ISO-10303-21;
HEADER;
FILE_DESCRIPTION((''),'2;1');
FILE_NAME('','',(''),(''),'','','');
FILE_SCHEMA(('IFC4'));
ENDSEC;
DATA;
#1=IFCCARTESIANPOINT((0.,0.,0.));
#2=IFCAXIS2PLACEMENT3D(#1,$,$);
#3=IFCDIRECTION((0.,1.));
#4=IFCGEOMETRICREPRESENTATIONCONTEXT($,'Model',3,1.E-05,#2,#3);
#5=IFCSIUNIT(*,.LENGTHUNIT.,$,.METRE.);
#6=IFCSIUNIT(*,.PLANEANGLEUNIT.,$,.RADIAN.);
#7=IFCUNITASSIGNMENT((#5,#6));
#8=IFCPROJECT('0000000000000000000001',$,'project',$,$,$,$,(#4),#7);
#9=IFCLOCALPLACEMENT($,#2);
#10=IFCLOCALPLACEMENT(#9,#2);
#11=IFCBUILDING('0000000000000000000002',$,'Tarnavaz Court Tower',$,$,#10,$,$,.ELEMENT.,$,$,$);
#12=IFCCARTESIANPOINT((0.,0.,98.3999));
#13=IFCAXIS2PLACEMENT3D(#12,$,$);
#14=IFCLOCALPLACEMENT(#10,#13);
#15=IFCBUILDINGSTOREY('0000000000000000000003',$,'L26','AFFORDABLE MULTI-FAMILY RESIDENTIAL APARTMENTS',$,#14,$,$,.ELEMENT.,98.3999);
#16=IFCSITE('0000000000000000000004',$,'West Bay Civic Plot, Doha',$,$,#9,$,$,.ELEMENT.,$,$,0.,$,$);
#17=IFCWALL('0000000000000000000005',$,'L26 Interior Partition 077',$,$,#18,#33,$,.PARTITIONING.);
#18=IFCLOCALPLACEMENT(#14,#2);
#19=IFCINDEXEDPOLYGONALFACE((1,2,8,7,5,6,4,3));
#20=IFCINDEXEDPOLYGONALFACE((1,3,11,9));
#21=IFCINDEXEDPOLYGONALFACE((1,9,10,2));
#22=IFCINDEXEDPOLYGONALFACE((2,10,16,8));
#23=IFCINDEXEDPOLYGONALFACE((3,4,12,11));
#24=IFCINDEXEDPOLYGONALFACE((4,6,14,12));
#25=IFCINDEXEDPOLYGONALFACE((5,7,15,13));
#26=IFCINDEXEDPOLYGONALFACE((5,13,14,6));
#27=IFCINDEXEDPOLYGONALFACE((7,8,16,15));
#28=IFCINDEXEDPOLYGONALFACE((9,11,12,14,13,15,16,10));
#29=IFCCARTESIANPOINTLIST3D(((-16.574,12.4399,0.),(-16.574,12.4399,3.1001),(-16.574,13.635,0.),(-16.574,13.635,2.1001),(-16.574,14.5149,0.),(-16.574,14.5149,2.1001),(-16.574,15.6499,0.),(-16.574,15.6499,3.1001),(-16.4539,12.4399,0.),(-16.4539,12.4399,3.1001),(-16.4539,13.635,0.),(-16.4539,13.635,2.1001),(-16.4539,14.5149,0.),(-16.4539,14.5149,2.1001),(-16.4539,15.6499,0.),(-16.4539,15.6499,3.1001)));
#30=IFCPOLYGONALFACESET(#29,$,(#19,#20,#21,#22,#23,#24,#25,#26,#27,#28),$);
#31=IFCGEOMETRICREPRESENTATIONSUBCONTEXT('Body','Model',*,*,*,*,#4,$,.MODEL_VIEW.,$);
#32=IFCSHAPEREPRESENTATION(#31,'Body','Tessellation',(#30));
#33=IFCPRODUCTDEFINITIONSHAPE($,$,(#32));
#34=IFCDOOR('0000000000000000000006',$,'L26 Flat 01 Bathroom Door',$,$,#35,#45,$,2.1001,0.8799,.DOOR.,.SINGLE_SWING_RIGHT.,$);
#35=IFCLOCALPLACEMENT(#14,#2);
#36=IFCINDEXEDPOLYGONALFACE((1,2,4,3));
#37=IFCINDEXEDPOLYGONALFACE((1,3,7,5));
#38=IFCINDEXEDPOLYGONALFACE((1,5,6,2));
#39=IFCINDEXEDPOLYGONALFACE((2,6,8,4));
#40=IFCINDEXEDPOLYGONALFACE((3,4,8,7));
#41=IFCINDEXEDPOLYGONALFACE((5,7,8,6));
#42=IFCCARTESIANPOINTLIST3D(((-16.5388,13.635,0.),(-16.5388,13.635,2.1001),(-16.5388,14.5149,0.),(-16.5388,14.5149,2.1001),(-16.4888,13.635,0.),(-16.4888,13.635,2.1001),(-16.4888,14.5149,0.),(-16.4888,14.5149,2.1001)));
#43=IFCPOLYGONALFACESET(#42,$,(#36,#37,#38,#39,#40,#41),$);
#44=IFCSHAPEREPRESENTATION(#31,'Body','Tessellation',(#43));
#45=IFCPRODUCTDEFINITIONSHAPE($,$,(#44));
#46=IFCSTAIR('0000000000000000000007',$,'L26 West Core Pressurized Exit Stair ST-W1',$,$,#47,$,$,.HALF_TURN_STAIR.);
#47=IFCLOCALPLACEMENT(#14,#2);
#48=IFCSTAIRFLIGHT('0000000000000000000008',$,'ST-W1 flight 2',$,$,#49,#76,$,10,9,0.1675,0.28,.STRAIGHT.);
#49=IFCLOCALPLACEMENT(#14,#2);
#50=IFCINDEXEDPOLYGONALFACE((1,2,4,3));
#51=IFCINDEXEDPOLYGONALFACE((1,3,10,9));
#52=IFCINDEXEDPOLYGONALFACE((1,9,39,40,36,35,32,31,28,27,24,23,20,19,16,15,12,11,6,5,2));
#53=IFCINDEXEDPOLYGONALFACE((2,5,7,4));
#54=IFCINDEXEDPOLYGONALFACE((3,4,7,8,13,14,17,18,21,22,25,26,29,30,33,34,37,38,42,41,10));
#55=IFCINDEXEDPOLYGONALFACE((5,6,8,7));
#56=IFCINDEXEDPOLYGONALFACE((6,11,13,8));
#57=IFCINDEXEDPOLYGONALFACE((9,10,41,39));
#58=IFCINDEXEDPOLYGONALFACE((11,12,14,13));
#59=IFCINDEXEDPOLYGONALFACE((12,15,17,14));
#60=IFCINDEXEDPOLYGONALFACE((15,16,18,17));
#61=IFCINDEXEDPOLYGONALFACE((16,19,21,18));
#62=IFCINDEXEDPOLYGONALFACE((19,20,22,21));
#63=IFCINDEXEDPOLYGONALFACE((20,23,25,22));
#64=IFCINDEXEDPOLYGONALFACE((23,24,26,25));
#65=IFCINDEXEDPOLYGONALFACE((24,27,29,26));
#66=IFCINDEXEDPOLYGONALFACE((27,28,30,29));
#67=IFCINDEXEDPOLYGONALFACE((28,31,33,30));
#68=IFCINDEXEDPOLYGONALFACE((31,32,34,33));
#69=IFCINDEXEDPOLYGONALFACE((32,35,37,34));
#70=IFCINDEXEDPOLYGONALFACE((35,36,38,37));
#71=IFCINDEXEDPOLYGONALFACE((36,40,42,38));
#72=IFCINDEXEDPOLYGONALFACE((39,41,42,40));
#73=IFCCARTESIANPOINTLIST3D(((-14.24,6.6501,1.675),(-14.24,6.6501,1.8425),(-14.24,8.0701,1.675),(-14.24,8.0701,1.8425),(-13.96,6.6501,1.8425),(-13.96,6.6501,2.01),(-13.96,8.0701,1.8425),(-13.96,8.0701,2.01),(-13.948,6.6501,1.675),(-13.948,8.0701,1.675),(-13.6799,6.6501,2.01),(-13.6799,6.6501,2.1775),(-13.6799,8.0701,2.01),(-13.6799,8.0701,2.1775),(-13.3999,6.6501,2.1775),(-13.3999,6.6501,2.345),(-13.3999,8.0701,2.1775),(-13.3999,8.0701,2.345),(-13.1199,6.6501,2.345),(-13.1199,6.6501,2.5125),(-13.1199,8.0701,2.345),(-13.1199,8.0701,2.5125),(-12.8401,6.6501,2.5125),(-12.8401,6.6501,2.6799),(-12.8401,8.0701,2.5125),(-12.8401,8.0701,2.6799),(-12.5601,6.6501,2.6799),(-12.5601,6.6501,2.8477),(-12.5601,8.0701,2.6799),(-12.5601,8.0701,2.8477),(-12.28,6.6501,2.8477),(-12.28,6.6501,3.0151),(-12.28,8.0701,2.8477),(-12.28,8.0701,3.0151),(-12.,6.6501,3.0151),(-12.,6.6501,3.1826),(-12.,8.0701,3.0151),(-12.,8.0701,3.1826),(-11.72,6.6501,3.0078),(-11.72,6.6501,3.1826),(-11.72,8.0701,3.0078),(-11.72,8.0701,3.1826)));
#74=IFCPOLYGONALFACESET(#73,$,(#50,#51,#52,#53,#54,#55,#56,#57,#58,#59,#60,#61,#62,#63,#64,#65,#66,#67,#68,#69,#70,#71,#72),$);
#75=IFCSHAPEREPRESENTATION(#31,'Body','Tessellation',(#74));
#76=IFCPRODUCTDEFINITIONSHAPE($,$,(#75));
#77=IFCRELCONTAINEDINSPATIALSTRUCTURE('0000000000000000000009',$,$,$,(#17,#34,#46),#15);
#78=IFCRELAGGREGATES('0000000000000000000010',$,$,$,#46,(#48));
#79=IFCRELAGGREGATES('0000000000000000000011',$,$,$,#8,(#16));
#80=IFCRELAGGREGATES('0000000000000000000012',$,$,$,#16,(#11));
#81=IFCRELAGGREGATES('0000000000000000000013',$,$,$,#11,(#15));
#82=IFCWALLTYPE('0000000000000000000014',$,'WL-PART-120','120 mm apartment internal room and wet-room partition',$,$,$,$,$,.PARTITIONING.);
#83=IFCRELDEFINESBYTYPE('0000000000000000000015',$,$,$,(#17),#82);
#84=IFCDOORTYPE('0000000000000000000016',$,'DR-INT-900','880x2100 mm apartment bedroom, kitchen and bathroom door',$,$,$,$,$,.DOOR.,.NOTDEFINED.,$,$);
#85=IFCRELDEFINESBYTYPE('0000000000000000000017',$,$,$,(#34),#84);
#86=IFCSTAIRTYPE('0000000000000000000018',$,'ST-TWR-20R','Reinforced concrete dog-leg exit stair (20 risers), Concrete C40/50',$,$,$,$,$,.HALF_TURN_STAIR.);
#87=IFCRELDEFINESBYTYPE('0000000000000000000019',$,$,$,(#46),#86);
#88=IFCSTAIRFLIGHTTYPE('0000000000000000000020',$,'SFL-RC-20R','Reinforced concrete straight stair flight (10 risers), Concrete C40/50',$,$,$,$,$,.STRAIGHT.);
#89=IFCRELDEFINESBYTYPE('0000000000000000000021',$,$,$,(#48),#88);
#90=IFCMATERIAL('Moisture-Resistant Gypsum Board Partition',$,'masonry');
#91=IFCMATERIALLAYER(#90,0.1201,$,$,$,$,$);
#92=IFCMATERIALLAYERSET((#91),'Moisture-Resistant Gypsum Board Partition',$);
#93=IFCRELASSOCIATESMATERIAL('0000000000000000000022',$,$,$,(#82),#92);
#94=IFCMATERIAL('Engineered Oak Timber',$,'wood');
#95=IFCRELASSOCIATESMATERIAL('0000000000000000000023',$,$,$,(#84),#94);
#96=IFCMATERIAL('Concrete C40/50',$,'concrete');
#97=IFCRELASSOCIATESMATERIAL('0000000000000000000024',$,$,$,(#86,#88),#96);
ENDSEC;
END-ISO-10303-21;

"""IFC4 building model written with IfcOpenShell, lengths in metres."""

from ifc_helpers import new_model, si_unit, direction, frame, frame_2d, origin, place, context, subcontext, project, spatial, polyline, rectangle, outline, extrude, material, layer, layer_set, type_object, element, fill, aggregate, save


model = new_model("IFC4")

# Units and contexts
model_context = context("Model", 3, precision=1e-05, world=origin(), true_north=direction((0.0, 1.0)))
body_context = subcontext(model_context, "Body", "Model", "MODEL_VIEW")
ifc_project = project(units=[si_unit("LENGTHUNIT", "METRE"), si_unit("PLANEANGLEUNIT", "RADIAN")], contexts=[model_context])

# Site, building, storey
site_placement = place(None, origin())
site = spatial("IfcSite", under=ifc_project, at=site_placement, Name="West Bay Civic Plot, Doha", CompositionType="ELEMENT", RefElevation=0.0)
building_placement = place(site_placement, origin())
building = spatial("IfcBuilding", under=site, at=building_placement, Name="Tarnavaz Court Tower", CompositionType="ELEMENT")
storey_placement = place(building_placement, frame((0.0, 0.0, 98.3999)))
storey = spatial("IfcBuildingStorey", under=building, at=storey_placement, Name="L26", Description="AFFORDABLE MULTI-FAMILY RESIDENTIAL APARTMENTS", CompositionType="ELEMENT", Elevation=98.3999)

# Shared definitions
ifc_material_1 = material(Name="Engineered Oak Timber", Category="wood")

# Wall, opening, door
ifc_material_2 = material(Name="Moisture-Resistant Gypsum Board Partition", Category="masonry")
ifc_layer_1 = layer(ifc_material_2, 0.1201)
ifc_layer_set_1 = layer_set([ifc_layer_1], Name="Moisture-Resistant Gypsum Board Partition")
wall_type_1 = type_object("IfcWallType", Name="WL-PART-120", Description="120 mm apartment internal room and wet-room partition", PredefinedType="PARTITIONING", material=ifc_layer_set_1)
wall_1_placement = place(storey_placement, frame((-16.5139, 12.4399, 0.0), z_axis=(0.0, 0.0, 1.0), x_axis=(0.0, 1.0, 0.0)))
wall_1 = element("IfcWall", 1, at=wall_1_placement, inside=storey, type_object=wall_type_1, Name="L26 Interior Partition 077", PredefinedType="PARTITIONING", context=body_context, shape_type="SweptSolid", body=[
    extrude(rectangle(XDim=3.21, YDim=0.1201, at=frame_2d((1.605, 0.0))), origin(), (0.0, 0.0, 1.0), 3.1001),
])
opening_1_placement = place(wall_1_placement, frame((1.1951, 0.0, 0.0)))
opening_1 = element("IfcOpeningElement", 2, at=opening_1_placement, cuts=wall_1, PredefinedType="OPENING", context=body_context, shape_type="SweptSolid", body=[
    extrude(rectangle(XDim=0.8799, YDim=2.1001, at=frame_2d((0.4399, 1.05))), frame((0.0, 0.0701, 0.0), z_axis=(0.0, -1.0, 0.0), x_axis=(1.0, 0.0, 0.0)), (0.0, 0.0, 1.0), 0.1401),
])
door_type_1 = type_object("IfcDoorType", Name="DR-INT-900", Description="880x2100 mm apartment bedroom, kitchen and bathroom door", OperationType="NOTDEFINED", PredefinedType="DOOR", material=ifc_material_1)
door_1_placement = place(opening_1_placement, origin())
door_1 = element("IfcDoor", 3, at=door_1_placement, inside=storey, type_object=door_type_1, Name="L26 Flat 01 Bathroom Door", OperationType="SINGLE_SWING_RIGHT", OverallHeight=2.1001, OverallWidth=0.8799, PredefinedType="DOOR", context=body_context, shape_type="SweptSolid", body=[
    extrude(rectangle(XDim=0.8799, YDim=2.1001, at=frame_2d((0.4399, 1.05))), frame((0.0, 0.0249, 0.0), z_axis=(0.0, -1.0, 0.0), x_axis=(1.0, 0.0, 0.0)), (0.0, 0.0, 1.0), 0.05),
])
fill(opening_1, door_1)

# Stair, stair flight
ifc_material_3 = material(Name="Concrete C40/50", Category="concrete")
stair_type = type_object("IfcStairType", Name="ST-TWR-20R", Description="Reinforced concrete dog-leg exit stair (20 risers), Concrete C40/50", PredefinedType="HALF_TURN_STAIR", material=ifc_material_3)
stair_placement = place(storey_placement, origin())
stair = element("IfcStair", 4, at=stair_placement, inside=storey, type_object=stair_type, Name="L26 West Core Pressurized Exit Stair ST-W1", PredefinedType="HALF_TURN_STAIR")
stair_flight_type = type_object("IfcStairFlightType", Name="SFL-RC-20R", Description="Reinforced concrete straight stair flight (10 risers), Concrete C40/50", PredefinedType="STRAIGHT", material=ifc_material_3)
stair_flight_placement = place(storey_placement, frame((-14.24, 7.3601, 1.675), z_axis=(0.0, 0.0, 1.0), x_axis=(1.0, 0.0, 0.0)))
stair_flight = element("IfcStairFlight", 5, at=stair_flight_placement, type_object=stair_flight_type, Name="ST-W1 flight 2", NumberOfRisers=10, NumberOfTreads=9, PredefinedType="STRAIGHT", RiserHeight=0.1675, TreadLength=0.28, context=body_context, shape_type="SweptSolid", body=[
    extrude(outline(polyline([(0.0, 0.0), (0.0, 0.1675), (0.28, 0.1675), (0.28, 0.335), (0.5601, 0.335), (0.5601, 0.5024), (0.8401, 0.5024), (0.8401, 0.6699), (1.1201, 0.6699), (1.1201, 0.8374), (1.3999, 0.8374), (1.3999, 1.0049), (1.6799, 1.0049), (1.6799, 1.1726), (1.96, 1.1726), (1.96, 1.3401), (2.24, 1.3401), (2.24, 1.5076), (2.52, 1.5076), (2.52, 1.675), (2.52, 1.3328), (0.292, 0.0), (0.0, 0.0)])), frame((0.0, 0.71, 0.0), z_axis=(0.0, -1.0, 0.0), x_axis=(1.0, 0.0, 0.0)), (0.0, 0.0, 1.0), 1.4199),
])
aggregate(stair, [stair_flight])

save(model, "model.ifc")
